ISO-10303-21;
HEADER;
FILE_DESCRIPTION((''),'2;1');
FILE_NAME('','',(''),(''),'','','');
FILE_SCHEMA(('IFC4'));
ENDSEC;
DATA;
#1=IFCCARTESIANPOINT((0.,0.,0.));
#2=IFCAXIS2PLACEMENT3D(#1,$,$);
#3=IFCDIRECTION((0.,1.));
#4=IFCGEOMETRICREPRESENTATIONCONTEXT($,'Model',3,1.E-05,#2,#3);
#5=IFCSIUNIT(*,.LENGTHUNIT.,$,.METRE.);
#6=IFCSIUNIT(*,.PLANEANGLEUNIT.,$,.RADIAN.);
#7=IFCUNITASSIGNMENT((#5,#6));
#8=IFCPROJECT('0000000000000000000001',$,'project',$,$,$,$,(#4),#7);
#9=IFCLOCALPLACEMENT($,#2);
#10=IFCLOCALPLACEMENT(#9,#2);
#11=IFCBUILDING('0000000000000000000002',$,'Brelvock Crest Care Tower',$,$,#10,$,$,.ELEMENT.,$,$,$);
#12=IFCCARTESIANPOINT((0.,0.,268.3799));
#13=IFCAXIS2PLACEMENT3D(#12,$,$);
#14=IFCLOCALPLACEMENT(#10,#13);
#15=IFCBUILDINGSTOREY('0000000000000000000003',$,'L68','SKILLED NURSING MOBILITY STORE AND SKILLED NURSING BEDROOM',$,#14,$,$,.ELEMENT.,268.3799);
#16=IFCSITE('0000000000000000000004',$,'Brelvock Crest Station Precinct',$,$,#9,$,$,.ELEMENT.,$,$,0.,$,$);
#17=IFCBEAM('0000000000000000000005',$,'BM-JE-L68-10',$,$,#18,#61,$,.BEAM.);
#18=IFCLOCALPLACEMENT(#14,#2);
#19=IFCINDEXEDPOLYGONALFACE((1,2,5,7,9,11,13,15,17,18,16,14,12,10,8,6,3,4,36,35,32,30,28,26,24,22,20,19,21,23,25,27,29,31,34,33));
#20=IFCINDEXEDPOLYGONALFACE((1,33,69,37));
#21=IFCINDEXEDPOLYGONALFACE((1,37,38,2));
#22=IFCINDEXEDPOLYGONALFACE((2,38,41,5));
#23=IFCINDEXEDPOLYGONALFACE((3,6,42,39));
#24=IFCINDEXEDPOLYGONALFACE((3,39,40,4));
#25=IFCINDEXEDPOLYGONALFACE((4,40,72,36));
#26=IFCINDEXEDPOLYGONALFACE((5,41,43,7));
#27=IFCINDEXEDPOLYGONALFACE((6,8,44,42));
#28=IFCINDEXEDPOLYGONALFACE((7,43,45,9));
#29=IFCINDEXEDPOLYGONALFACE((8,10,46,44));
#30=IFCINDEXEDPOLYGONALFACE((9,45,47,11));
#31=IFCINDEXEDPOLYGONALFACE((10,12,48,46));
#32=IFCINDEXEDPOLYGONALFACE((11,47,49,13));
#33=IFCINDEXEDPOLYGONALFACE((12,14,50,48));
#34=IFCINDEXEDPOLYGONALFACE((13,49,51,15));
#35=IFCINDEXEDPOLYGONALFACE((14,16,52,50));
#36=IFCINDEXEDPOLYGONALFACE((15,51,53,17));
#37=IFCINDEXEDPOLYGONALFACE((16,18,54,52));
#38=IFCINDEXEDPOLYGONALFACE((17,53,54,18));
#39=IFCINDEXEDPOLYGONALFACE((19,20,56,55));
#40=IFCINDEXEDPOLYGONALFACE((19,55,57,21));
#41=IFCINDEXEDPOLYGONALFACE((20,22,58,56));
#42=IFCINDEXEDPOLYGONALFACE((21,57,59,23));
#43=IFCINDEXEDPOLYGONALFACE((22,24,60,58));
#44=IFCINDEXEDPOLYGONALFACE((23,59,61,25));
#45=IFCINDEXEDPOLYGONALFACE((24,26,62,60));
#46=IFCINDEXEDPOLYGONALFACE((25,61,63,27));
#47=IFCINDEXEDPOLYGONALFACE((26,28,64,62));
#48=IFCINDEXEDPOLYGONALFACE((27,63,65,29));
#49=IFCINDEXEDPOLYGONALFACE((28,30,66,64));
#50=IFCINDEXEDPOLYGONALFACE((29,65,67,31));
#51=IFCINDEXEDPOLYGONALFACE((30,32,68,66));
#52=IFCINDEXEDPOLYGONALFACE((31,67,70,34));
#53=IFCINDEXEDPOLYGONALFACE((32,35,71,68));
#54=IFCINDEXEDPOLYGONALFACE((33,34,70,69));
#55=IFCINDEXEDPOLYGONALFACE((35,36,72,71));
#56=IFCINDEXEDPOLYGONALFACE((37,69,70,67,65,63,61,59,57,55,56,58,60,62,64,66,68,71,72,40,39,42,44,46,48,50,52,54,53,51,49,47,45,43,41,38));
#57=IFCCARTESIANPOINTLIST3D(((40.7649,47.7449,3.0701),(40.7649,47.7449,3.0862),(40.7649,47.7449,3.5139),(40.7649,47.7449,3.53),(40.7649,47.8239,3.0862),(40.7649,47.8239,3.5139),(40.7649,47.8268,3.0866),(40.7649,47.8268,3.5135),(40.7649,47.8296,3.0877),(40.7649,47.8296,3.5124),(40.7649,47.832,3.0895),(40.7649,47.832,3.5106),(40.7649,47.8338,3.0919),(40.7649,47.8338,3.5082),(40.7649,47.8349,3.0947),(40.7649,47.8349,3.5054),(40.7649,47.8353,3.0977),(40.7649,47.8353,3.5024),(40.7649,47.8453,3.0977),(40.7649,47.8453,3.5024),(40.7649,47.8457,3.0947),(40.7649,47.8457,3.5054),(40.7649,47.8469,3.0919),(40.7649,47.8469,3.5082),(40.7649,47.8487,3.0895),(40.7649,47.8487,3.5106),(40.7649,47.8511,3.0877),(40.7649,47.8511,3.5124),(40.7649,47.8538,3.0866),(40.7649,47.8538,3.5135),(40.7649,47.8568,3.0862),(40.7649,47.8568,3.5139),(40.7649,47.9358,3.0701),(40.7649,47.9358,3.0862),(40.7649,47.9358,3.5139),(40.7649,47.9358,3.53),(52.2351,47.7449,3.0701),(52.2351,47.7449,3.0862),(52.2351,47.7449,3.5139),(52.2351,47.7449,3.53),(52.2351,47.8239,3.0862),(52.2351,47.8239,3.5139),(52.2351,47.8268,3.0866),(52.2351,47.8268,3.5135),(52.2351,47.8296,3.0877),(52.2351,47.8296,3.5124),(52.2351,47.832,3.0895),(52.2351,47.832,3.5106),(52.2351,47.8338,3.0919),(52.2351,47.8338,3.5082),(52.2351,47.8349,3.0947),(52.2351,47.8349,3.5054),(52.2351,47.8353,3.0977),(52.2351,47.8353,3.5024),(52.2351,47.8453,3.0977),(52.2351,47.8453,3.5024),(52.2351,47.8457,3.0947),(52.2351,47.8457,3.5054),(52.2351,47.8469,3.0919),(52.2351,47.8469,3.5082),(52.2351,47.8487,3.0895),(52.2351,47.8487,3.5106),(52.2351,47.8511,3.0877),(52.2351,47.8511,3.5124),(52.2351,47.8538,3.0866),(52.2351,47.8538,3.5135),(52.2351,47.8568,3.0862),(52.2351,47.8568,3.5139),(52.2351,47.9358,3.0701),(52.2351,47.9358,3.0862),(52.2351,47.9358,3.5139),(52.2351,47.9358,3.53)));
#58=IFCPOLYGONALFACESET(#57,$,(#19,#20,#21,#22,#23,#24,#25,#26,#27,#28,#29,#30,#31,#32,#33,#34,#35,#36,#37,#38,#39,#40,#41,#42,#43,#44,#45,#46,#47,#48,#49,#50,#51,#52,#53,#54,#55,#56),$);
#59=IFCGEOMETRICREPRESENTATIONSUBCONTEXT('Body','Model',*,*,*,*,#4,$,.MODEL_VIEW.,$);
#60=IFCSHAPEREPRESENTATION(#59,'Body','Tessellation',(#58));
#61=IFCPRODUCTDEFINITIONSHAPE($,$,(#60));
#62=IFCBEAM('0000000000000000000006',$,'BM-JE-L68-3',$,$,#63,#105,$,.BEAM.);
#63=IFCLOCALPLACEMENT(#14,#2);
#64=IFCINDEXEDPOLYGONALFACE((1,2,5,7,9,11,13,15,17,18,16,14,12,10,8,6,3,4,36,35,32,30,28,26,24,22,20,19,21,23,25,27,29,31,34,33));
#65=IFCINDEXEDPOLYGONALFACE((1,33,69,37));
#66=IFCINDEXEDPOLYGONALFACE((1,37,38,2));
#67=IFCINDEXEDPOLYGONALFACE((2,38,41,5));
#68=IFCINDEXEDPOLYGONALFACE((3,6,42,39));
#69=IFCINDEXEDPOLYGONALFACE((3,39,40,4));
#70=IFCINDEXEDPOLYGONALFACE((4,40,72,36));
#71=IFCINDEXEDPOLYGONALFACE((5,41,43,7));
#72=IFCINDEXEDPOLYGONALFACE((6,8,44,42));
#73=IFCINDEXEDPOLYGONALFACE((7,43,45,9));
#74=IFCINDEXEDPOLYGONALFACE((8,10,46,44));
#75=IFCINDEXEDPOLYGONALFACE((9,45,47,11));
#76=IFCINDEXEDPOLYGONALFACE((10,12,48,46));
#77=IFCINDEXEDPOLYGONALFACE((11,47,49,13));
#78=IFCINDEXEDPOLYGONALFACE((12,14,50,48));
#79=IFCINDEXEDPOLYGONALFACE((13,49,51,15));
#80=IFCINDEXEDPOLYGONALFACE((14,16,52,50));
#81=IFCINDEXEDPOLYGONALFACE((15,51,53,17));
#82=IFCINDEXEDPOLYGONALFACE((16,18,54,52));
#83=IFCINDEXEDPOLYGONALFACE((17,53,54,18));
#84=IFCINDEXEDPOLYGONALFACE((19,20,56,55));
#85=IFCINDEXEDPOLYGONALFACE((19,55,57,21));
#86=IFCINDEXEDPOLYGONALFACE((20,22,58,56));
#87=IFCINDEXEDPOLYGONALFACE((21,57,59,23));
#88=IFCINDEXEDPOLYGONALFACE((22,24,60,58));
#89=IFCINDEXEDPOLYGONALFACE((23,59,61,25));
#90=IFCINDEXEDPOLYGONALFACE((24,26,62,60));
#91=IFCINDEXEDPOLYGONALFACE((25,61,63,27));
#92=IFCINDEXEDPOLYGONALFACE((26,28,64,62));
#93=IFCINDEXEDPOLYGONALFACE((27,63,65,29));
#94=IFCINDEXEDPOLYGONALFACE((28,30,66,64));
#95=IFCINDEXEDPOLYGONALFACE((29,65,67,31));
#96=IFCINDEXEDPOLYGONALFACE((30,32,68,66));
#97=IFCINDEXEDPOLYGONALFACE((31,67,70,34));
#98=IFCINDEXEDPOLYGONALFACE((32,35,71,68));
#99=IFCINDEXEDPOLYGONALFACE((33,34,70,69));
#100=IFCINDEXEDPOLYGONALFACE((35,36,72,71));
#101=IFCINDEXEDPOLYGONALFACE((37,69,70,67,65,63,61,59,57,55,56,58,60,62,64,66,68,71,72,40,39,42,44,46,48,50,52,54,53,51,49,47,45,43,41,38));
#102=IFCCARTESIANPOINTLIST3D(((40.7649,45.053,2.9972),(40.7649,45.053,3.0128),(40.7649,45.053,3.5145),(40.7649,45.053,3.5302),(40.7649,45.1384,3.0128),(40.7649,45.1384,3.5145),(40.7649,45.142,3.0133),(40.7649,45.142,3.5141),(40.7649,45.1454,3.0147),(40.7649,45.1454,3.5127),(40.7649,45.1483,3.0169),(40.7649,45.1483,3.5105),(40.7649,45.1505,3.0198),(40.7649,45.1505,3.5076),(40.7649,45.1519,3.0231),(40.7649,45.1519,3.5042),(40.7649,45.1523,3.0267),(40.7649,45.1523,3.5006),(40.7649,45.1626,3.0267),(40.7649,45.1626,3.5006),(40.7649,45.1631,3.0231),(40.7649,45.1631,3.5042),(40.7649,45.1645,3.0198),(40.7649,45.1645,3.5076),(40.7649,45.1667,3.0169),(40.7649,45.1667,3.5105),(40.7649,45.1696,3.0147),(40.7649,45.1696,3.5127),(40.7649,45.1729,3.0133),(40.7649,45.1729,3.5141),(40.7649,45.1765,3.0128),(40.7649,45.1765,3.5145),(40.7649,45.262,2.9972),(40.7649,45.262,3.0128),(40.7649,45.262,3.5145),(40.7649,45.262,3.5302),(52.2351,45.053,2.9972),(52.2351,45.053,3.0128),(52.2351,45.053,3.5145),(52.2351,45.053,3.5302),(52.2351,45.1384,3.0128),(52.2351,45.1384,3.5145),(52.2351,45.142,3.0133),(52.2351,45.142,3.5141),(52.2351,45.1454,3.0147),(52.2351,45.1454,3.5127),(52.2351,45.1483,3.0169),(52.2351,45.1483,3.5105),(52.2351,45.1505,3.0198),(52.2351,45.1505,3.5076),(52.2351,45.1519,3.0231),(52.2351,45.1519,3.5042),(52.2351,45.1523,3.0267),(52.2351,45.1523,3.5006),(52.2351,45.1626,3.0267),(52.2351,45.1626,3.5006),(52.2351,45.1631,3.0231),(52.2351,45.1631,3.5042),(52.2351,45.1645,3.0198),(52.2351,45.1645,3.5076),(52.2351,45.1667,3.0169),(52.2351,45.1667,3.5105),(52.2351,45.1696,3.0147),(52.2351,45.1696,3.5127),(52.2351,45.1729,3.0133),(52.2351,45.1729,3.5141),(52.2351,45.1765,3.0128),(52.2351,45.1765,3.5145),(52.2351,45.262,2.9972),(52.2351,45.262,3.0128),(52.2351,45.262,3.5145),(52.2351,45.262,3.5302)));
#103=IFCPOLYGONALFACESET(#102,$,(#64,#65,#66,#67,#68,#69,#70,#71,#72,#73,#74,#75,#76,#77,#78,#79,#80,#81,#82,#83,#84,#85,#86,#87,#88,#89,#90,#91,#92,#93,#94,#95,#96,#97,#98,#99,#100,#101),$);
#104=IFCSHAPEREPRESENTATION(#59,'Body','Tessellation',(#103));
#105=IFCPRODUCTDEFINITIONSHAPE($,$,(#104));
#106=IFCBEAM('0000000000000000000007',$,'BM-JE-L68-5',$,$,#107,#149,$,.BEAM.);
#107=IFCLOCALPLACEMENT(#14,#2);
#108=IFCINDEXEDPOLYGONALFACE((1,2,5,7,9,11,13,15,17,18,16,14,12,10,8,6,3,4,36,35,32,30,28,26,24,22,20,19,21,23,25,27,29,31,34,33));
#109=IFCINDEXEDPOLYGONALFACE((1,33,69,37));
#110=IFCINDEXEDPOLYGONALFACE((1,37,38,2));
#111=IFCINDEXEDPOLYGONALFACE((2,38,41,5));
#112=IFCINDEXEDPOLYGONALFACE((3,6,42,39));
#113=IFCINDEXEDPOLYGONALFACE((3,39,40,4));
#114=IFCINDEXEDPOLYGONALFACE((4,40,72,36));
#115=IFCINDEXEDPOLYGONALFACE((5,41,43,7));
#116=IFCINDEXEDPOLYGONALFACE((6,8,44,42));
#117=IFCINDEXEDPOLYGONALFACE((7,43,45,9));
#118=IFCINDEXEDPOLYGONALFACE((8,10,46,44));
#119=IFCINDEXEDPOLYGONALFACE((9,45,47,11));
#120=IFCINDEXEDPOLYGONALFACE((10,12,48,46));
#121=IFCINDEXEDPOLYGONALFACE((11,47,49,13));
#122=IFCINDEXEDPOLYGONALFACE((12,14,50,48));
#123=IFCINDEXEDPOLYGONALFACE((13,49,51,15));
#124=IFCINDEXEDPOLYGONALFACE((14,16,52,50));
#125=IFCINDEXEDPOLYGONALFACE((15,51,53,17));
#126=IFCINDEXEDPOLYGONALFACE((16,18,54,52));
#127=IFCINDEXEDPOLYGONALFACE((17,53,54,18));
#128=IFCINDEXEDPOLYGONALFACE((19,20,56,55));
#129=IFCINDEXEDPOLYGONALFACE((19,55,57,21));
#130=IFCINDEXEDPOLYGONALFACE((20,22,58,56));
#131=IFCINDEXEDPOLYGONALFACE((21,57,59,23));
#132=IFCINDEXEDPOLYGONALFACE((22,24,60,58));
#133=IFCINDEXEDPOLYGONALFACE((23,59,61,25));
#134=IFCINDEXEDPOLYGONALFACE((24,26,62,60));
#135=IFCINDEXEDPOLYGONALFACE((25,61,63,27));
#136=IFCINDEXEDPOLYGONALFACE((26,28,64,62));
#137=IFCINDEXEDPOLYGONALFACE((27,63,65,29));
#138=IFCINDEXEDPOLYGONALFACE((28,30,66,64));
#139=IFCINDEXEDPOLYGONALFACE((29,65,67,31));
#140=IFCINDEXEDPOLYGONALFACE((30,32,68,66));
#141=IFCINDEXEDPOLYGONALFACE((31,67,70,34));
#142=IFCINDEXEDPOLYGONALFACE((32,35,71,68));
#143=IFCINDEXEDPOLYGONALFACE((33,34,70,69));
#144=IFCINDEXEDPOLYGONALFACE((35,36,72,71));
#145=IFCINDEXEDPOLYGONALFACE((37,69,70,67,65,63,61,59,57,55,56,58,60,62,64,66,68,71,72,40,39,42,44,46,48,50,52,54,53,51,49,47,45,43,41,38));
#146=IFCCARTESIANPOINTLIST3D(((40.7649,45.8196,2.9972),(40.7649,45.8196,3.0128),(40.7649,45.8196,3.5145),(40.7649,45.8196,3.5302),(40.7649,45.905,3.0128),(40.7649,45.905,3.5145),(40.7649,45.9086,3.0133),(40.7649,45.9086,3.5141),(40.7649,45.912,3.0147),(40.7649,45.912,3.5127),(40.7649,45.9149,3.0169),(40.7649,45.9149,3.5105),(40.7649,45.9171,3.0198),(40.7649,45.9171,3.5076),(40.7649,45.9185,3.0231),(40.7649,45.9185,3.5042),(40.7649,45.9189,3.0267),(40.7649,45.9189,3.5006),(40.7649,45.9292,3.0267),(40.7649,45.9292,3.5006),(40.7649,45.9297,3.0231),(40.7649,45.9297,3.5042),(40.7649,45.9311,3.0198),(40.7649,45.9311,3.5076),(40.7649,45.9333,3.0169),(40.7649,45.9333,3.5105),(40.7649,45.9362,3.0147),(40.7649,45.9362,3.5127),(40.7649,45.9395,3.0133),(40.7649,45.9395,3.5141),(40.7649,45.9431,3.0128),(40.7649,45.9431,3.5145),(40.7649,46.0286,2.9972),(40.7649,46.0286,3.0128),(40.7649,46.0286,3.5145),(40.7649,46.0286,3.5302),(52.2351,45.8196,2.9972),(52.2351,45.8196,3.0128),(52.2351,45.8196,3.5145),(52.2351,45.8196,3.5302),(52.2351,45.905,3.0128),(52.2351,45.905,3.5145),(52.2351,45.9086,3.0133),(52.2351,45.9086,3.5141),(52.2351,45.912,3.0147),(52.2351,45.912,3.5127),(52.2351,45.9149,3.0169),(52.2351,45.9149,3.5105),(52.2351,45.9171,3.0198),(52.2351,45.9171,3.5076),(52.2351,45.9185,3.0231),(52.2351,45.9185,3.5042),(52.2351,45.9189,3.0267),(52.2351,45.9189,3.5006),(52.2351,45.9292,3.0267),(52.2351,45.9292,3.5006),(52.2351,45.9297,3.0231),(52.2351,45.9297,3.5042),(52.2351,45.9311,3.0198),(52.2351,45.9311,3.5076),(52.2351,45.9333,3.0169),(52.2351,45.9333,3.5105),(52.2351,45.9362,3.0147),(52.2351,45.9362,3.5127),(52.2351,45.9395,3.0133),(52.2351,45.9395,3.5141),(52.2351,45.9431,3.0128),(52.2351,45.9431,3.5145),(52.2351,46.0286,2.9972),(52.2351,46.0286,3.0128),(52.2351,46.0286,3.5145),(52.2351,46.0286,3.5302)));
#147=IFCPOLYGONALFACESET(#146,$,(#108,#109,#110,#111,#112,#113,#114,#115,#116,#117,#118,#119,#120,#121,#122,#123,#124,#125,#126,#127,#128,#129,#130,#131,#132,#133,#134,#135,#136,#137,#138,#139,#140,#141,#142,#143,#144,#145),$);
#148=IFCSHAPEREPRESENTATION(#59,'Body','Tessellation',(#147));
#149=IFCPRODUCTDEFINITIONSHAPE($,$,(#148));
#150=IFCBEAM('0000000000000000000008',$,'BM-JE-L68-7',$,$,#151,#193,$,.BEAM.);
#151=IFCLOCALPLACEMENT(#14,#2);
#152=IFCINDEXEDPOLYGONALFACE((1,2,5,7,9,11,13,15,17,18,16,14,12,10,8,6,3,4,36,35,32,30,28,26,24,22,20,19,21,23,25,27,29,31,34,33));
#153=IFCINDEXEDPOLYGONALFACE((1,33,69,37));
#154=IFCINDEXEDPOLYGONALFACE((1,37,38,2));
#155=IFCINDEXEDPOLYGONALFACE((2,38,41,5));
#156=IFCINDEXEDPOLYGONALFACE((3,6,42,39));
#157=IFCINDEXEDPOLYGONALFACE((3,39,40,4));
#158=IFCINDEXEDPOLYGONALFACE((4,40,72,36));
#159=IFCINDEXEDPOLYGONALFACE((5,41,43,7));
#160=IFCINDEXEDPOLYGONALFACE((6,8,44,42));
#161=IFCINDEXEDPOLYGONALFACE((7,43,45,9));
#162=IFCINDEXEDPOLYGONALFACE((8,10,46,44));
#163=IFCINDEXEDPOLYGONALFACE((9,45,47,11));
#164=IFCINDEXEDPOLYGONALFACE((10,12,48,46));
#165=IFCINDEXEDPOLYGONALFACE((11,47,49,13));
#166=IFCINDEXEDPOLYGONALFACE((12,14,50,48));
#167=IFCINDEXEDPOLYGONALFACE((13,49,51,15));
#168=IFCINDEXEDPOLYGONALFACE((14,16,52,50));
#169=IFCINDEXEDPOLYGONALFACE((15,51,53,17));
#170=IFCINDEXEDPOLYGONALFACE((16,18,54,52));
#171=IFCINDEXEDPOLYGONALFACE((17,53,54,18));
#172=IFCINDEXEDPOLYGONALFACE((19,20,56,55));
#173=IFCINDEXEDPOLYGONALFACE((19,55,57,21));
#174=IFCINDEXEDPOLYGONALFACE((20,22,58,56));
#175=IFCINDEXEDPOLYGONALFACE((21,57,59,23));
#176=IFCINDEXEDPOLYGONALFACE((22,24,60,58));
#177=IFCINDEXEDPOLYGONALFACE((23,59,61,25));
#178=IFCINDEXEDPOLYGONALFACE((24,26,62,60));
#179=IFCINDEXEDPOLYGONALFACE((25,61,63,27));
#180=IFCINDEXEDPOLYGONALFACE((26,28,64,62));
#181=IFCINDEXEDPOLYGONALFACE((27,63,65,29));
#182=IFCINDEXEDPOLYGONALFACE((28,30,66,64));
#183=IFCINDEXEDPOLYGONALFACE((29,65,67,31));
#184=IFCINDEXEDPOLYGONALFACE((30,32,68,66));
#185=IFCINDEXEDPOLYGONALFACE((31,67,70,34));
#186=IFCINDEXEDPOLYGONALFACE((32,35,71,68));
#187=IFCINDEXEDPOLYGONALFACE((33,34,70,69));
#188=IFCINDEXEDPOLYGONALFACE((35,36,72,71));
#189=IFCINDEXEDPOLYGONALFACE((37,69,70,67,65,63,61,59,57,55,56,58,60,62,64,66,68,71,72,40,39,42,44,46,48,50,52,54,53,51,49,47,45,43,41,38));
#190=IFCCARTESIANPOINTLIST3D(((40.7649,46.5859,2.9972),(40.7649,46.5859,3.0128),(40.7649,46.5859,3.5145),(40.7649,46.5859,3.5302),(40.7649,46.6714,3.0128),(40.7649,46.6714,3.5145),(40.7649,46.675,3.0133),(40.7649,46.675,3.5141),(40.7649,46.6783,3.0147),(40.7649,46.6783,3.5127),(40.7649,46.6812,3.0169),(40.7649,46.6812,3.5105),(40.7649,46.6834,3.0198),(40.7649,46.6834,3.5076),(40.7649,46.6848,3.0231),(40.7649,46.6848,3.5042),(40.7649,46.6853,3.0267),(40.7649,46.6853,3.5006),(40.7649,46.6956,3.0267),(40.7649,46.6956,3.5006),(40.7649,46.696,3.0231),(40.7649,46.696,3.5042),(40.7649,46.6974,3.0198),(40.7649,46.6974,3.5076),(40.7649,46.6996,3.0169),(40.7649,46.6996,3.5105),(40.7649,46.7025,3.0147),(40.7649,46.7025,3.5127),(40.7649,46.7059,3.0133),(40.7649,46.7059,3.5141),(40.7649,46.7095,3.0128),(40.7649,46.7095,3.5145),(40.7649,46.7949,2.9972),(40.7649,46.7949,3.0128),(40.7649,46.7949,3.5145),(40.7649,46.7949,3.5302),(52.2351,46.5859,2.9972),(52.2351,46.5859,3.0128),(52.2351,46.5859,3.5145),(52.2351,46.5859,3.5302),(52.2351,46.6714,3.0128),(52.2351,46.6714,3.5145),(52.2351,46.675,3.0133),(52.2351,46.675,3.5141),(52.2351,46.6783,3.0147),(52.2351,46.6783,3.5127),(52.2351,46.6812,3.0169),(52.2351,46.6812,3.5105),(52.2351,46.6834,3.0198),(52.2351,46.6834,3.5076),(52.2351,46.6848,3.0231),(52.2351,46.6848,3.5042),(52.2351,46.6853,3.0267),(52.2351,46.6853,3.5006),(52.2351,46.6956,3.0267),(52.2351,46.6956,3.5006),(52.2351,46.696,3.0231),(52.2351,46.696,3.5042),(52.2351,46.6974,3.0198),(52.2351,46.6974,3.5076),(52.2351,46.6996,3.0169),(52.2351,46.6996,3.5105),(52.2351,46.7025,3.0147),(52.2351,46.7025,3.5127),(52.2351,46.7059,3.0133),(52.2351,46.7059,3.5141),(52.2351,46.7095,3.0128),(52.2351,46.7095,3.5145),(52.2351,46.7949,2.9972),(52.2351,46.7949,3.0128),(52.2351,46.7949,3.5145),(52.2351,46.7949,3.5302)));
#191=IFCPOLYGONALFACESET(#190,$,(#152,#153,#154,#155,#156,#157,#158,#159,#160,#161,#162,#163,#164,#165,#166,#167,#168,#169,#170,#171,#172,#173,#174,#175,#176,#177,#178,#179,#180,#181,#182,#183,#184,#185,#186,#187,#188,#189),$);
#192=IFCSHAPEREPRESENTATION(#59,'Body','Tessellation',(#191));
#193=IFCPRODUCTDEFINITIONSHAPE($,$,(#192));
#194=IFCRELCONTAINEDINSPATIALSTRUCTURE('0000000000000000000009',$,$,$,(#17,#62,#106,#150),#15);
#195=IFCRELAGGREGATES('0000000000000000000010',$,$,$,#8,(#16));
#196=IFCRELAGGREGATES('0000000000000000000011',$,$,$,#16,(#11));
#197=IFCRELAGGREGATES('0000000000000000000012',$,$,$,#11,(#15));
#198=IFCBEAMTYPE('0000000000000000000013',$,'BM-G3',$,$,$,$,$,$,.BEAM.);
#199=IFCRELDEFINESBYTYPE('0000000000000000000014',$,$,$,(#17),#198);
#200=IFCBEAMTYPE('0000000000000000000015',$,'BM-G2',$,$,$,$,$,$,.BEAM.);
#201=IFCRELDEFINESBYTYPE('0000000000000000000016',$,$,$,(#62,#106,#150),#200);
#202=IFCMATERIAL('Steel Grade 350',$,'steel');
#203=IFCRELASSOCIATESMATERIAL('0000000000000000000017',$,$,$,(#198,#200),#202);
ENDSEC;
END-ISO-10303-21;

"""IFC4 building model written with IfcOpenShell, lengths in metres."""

from ifc_helpers import new_model, si_unit, direction, frame, origin, origin_2d, place, context, subcontext, project, spatial, i_section, extrude, source, transform, mapped, material, material_profile, profile_set, type_object, element, save


model = new_model("IFC4")

# Units and contexts
model_context = context("Model", 3, precision=1e-05, world=origin(), true_north=direction((0.0, 1.0)))
body_context = subcontext(model_context, "Body", "Model", "MODEL_VIEW")
ifc_project = project(units=[si_unit("LENGTHUNIT", "METRE"), si_unit("PLANEANGLEUNIT", "RADIAN")], contexts=[model_context])

# Site, building, storey
site_placement = place(None, origin())
site = spatial("IfcSite", under=ifc_project, at=site_placement, Name="Brelvock Crest Station Precinct", CompositionType="ELEMENT", RefElevation=0.0)
building_placement = place(site_placement, origin())
building = spatial("IfcBuilding", under=site, at=building_placement, Name="Brelvock Crest Care Tower", CompositionType="ELEMENT")
storey_placement = place(building_placement, frame((0.0, 0.0, 268.3799)))
storey = spatial("IfcBuildingStorey", under=building, at=storey_placement, Name="L68", Description="SKILLED NURSING MOBILITY STORE AND SKILLED NURSING BEDROOM", CompositionType="ELEMENT", Elevation=268.3799)

# Beams
ifc_material_1 = material(Name="Steel Grade 350", Category="steel")
ifc_material_profile_1 = material_profile(ifc_material_1, i_section(OverallWidth=0.1909, OverallDepth=0.46, WebThickness=0.01, FlangeThickness=0.0161, FilletRadius=0.0115, at=origin_2d()), Name="460UB82.1")
ifc_profile_set_1 = profile_set([ifc_material_profile_1], Name="Steel Grade 350")
beam_type_1 = type_object("IfcBeamType", Name="BM-G3", PredefinedType="BEAM", material=ifc_profile_set_1)
shared_shape_1 = source(origin(), body_context, "Body", "SweptSolid", [
    extrude(i_section(OverallWidth=0.1909, OverallDepth=0.46, WebThickness=0.01, FlangeThickness=0.0161, FilletRadius=0.0115, at=origin_2d()), origin(), (0.0, 0.0, 1.0), 11.4702),
])
for number, where, z_axis, x_axis, name in (
    (1, (40.7649, 47.8403, 3.3), (1.0, 0.0, 0.0), (0.0, 1.0, 0.0), "BM-JE-L68-10"),
):
    element("IfcBeam", number, at=place(storey_placement, frame(where, z_axis=z_axis, x_axis=x_axis)), inside=storey, type_object=beam_type_1, Name=name, PredefinedType="BEAM", context=body_context, shape_type="MappedRepresentation", body=[
        mapped(shared_shape_1, transform((0.0, 0.0, 0.0), x_axis=(1.0, 0.0, 0.0), y_axis=(0.0, 1.0, 0.0), z_axis=(0.0, 0.0, 1.0), scale=1.0)),
    ])
ifc_material_profile_2 = material_profile(ifc_material_1, i_section(OverallWidth=0.209, OverallDepth=0.533, WebThickness=0.0103, FlangeThickness=0.0156, FilletRadius=0.0139, at=origin_2d()), Name="530UB92.4")
ifc_profile_set_2 = profile_set([ifc_material_profile_2], Name="Steel Grade 350")
beam_type_2 = type_object("IfcBeamType", Name="BM-G2", PredefinedType="BEAM", material=ifc_profile_set_2)
shared_shape_2 = source(origin(), body_context, "Body", "SweptSolid", [
    extrude(i_section(OverallWidth=0.209, OverallDepth=0.533, WebThickness=0.0103, FlangeThickness=0.0156, FilletRadius=0.0139, at=origin_2d()), origin(), (0.0, 0.0, 1.0), 11.4702),
])
for number, where, z_axis, x_axis, name in (
    (2, (40.7649, 45.1575, 3.2637), (1.0, 0.0, 0.0), (0.0, 1.0, 0.0), "BM-JE-L68-3"),
    (3, (40.7649, 45.9241, 3.2637), (1.0, 0.0, 0.0), (0.0, 1.0, 0.0), "BM-JE-L68-5"),
    (4, (40.7649, 46.6904, 3.2637), (1.0, 0.0, 0.0), (0.0, 1.0, 0.0), "BM-JE-L68-7"),
):
    element("IfcBeam", number, at=place(storey_placement, frame(where, z_axis=z_axis, x_axis=x_axis)), inside=storey, type_object=beam_type_2, Name=name, PredefinedType="BEAM", context=body_context, shape_type="MappedRepresentation", body=[
        mapped(shared_shape_2, transform((0.0, 0.0, 0.0), x_axis=(1.0, 0.0, 0.0), y_axis=(0.0, 1.0, 0.0), z_axis=(0.0, 0.0, 1.0), scale=1.0)),
    ])

save(model, "model.ifc")
